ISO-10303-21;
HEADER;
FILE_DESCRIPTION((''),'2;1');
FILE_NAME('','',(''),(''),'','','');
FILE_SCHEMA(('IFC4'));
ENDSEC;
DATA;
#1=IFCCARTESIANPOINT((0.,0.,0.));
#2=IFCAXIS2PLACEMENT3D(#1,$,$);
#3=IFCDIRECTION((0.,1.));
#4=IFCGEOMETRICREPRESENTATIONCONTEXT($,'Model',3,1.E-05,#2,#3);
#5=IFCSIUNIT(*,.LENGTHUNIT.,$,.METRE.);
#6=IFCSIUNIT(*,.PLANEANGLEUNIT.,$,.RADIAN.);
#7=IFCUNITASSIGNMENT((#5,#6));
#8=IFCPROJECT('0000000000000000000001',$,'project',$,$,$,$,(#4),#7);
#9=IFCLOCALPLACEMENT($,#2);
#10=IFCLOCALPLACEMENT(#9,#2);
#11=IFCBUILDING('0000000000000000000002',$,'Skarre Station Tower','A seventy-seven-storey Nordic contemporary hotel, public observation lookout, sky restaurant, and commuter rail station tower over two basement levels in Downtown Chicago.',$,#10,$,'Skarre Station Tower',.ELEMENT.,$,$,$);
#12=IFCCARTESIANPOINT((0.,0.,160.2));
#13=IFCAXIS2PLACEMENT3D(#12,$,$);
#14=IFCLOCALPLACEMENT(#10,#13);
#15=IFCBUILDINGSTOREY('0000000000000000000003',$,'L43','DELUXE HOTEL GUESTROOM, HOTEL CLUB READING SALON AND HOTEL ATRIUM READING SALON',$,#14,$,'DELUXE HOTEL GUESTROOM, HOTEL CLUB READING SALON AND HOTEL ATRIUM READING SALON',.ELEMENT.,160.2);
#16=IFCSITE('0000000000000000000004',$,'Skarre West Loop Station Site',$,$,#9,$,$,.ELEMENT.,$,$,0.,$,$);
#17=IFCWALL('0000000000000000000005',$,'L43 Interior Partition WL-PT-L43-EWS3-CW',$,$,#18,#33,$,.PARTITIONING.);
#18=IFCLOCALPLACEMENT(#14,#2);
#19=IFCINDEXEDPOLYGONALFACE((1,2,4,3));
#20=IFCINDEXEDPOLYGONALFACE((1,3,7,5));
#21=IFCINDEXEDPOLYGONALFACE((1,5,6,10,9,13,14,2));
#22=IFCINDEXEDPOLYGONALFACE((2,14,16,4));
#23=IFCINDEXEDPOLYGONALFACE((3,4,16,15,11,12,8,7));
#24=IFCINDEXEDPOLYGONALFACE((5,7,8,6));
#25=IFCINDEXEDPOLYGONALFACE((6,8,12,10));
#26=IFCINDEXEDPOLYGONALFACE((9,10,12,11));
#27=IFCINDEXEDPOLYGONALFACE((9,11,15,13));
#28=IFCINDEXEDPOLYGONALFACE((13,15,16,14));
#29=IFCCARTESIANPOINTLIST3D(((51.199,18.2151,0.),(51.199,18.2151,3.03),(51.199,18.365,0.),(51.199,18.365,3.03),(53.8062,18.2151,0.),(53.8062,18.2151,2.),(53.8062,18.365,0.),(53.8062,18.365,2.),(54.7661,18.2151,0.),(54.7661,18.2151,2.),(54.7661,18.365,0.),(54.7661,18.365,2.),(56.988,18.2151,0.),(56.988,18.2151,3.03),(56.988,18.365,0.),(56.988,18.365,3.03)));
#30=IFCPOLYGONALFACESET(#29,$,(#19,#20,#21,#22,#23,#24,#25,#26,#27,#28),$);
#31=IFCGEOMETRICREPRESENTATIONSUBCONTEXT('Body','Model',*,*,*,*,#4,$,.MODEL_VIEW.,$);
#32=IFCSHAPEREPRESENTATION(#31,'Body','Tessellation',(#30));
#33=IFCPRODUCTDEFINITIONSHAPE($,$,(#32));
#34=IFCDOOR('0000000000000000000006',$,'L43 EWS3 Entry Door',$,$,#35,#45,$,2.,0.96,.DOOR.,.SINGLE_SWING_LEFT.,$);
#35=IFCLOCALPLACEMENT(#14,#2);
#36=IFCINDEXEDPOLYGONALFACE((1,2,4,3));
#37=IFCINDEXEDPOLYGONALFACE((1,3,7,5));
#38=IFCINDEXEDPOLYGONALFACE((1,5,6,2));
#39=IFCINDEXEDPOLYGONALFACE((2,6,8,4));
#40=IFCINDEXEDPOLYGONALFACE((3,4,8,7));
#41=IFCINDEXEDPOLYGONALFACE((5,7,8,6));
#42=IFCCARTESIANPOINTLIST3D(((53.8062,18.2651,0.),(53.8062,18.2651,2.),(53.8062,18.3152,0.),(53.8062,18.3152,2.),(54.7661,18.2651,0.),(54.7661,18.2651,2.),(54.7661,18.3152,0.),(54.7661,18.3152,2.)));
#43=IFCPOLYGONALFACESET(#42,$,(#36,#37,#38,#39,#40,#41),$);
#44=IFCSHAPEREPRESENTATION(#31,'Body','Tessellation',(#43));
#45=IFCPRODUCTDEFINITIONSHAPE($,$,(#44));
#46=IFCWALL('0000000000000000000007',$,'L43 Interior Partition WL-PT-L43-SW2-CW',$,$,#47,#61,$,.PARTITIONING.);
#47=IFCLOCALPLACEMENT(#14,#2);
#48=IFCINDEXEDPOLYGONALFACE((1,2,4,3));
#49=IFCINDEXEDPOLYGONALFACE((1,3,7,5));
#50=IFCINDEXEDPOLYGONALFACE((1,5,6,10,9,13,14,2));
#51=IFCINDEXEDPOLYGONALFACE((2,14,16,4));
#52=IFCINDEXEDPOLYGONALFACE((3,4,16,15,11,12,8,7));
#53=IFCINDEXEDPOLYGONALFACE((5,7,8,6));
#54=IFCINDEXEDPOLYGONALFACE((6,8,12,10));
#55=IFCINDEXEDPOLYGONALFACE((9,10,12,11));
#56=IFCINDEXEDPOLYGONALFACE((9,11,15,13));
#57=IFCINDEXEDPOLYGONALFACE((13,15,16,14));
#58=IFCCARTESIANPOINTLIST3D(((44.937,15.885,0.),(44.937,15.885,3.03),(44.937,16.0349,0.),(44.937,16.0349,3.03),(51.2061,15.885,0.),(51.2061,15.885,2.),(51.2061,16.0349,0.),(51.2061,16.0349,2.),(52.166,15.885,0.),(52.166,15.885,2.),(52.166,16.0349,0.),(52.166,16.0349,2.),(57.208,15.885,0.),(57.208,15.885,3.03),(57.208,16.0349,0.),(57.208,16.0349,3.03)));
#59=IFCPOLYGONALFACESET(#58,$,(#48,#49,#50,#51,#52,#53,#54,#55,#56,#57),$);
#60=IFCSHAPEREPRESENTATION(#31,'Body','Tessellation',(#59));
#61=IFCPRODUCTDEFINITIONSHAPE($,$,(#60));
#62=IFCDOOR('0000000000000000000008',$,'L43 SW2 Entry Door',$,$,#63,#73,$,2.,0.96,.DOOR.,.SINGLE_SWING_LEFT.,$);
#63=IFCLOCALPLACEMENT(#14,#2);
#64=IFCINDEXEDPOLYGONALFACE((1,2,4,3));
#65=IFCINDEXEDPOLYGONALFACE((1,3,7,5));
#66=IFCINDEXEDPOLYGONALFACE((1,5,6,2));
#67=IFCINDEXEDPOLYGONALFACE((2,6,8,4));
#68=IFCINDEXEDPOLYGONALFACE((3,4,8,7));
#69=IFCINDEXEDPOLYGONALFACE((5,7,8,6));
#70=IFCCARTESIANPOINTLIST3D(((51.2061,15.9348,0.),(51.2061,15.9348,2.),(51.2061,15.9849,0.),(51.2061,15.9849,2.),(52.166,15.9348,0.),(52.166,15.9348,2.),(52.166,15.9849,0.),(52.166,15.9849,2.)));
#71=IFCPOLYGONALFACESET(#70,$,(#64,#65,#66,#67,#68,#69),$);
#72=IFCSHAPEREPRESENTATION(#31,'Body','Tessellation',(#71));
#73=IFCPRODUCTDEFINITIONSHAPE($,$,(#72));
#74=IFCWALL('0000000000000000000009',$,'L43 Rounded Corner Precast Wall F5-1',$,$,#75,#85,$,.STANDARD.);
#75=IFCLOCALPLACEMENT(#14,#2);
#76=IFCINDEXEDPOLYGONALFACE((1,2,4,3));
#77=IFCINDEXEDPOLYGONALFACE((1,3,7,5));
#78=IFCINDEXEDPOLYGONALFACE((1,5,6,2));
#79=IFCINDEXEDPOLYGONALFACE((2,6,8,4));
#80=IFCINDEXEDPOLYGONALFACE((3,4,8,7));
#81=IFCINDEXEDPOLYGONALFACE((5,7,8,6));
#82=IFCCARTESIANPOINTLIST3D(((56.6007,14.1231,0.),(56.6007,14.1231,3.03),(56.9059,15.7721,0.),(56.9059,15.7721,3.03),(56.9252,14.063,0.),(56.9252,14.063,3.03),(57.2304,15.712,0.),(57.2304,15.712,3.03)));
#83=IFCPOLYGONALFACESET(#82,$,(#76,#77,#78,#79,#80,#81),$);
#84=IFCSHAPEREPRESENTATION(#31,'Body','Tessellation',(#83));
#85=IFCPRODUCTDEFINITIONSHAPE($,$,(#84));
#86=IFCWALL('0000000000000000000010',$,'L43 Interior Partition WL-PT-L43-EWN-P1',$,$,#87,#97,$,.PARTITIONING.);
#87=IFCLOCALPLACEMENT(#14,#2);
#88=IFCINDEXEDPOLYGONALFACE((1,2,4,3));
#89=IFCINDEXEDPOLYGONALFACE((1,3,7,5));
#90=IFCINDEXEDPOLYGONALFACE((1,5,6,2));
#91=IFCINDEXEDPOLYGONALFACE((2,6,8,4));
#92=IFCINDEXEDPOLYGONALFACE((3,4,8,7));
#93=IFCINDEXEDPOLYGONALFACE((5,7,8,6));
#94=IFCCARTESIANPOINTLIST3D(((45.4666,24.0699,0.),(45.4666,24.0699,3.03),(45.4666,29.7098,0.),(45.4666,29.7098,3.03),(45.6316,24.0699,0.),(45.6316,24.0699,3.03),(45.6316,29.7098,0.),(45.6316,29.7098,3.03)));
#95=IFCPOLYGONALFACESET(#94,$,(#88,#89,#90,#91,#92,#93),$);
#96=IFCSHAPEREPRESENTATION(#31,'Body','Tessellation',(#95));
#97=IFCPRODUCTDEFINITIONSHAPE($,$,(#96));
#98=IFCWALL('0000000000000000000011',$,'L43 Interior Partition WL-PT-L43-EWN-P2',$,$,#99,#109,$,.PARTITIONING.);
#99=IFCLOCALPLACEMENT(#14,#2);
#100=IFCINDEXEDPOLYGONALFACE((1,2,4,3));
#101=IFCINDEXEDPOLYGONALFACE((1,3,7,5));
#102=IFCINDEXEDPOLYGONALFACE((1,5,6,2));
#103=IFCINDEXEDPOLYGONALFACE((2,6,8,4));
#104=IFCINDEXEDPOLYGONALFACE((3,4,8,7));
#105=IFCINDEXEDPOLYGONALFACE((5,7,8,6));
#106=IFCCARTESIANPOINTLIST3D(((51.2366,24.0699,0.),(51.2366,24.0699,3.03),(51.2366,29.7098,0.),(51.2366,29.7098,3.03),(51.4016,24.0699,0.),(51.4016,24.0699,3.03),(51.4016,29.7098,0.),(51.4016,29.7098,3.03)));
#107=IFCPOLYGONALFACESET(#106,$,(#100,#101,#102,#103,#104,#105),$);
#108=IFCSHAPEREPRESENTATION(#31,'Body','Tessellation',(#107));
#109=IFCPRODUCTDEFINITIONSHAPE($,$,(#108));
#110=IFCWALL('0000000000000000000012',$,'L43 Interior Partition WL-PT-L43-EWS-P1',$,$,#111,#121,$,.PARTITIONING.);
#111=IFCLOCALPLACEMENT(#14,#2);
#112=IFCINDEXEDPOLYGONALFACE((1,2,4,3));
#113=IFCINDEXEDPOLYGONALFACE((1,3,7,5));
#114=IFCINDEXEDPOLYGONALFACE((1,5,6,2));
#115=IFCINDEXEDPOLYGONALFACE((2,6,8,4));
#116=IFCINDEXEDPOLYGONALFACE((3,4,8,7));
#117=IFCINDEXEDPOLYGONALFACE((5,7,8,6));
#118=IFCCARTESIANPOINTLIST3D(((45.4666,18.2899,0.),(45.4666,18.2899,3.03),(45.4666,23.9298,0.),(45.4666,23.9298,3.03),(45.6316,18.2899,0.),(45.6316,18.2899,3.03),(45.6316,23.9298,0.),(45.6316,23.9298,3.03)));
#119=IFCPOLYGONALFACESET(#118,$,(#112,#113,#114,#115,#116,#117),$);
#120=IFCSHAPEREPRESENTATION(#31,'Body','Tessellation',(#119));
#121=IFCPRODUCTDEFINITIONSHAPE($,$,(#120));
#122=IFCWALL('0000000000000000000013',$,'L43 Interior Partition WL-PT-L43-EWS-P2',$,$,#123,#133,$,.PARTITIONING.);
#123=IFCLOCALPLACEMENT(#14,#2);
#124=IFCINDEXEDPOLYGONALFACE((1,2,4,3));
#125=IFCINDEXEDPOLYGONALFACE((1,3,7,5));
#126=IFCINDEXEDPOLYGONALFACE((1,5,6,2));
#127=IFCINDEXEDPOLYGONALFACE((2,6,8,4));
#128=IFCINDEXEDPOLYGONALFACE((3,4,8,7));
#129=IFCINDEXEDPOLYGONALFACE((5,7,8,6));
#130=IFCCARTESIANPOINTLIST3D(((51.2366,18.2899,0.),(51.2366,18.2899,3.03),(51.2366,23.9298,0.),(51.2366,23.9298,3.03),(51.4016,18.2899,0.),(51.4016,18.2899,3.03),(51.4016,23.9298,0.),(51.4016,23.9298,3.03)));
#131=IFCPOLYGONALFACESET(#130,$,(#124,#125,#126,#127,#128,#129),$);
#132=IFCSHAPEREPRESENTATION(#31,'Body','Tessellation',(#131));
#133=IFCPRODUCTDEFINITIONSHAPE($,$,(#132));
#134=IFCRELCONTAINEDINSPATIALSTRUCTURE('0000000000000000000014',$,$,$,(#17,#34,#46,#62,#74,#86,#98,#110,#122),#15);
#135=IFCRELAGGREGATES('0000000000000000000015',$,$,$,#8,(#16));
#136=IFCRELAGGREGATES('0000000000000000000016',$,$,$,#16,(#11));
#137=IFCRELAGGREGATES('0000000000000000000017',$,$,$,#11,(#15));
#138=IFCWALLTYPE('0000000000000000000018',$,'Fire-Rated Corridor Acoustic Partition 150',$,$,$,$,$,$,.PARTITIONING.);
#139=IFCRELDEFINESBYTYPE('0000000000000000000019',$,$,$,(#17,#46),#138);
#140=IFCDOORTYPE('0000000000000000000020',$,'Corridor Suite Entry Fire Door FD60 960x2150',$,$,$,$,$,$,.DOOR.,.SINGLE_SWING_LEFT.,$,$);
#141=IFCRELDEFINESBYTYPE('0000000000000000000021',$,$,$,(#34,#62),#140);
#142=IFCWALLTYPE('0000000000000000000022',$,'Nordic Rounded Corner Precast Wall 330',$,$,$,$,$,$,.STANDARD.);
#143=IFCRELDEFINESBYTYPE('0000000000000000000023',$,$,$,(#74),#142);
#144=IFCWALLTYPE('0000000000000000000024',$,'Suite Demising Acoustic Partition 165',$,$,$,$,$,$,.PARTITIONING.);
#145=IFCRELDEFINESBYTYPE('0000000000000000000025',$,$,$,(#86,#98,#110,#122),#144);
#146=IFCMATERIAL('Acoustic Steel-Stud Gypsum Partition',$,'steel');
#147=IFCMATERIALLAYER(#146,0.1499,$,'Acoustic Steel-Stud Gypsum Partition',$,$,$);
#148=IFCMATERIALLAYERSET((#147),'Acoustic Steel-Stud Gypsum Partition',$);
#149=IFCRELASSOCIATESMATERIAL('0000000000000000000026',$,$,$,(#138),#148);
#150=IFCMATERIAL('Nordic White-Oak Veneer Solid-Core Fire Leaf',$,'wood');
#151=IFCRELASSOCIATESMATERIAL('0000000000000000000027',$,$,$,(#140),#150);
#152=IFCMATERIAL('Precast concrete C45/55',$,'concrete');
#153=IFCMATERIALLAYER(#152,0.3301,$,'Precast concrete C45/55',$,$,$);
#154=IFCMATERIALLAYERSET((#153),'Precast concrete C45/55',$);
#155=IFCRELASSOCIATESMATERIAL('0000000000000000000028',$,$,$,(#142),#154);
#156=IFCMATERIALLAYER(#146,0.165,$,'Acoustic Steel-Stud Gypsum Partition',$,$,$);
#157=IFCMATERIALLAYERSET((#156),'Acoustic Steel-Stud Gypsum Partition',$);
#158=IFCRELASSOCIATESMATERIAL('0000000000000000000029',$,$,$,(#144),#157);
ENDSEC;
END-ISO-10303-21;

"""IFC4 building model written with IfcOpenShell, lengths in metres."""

from ifc_helpers import new_model, si_unit, direction, frame, frame_2d, origin, place, context, subcontext, project, spatial, rectangle, extrude, material, layer, layer_set, type_object, element, fill, save


model = new_model("IFC4")

# Units and contexts
model_context = context("Model", 3, precision=1e-05, world=origin(), true_north=direction((0.0, 1.0)))
body_context = subcontext(model_context, "Body", "Model", "MODEL_VIEW")
ifc_project = project(units=[si_unit("LENGTHUNIT", "METRE"), si_unit("PLANEANGLEUNIT", "RADIAN")], contexts=[model_context])

# Site, building, storey
site_placement = place(None, origin())
site = spatial("IfcSite", under=ifc_project, at=site_placement, Name="Skarre West Loop Station Site", CompositionType="ELEMENT", RefElevation=0.0)
building_placement = place(site_placement, origin())
building = spatial("IfcBuilding", under=site, at=building_placement, Name="Skarre Station Tower", Description="A seventy-seven-storey Nordic contemporary hotel, public observation lookout, sky restaurant, and commuter rail station tower over two basement levels in Downtown Chicago.", LongName="Skarre Station Tower", CompositionType="ELEMENT")
storey_placement = place(building_placement, frame((0.0, 0.0, 160.2)))
storey = spatial("IfcBuildingStorey", under=building, at=storey_placement, Name="L43", Description="DELUXE HOTEL GUESTROOM, HOTEL CLUB READING SALON AND HOTEL ATRIUM READING SALON", LongName="DELUXE HOTEL GUESTROOM, HOTEL CLUB READING SALON AND HOTEL ATRIUM READING SALON", CompositionType="ELEMENT", Elevation=160.2)

# Walls, openings, doors
ifc_material_1 = material(Name="Acoustic Steel-Stud Gypsum Partition", Category="steel")
ifc_layer_1 = layer(ifc_material_1, 0.1499, Name="Acoustic Steel-Stud Gypsum Partition")
ifc_layer_set_1 = layer_set([ifc_layer_1], Name="Acoustic Steel-Stud Gypsum Partition")
wall_type_1 = type_object("IfcWallType", Name="Fire-Rated Corridor Acoustic Partition 150", PredefinedType="PARTITIONING", material=ifc_layer_set_1)
ifc_material_2 = material(Name="Nordic White-Oak Veneer Solid-Core Fire Leaf", Category="wood")
door_type = type_object("IfcDoorType", Name="Corridor Suite Entry Fire Door FD60 960x2150", OperationType="SINGLE_SWING_LEFT", PredefinedType="DOOR", material=ifc_material_2)
wall_1_placement = place(storey_placement, frame((56.988, 18.29, 0.0), z_axis=(0.0, 0.0, 1.0), x_axis=(-1.0, 0.0, 0.0)))
wall_1 = element("IfcWall", 1, at=wall_1_placement, inside=storey, type_object=wall_type_1, Name="L43 Interior Partition WL-PT-L43-EWS3-CW", PredefinedType="PARTITIONING", context=body_context, shape_type="SweptSolid", body=[
    extrude(rectangle(XDim=5.7891, YDim=0.1499, at=frame_2d((2.8945, 0.0))), origin(), (0.0, 0.0, 1.0), 3.03),
])
opening_1_placement = place(wall_1_placement, frame((2.2219, 0.0, 0.0)))
opening_1 = element("IfcOpeningElement", 2, at=opening_1_placement, cuts=wall_1, PredefinedType="OPENING", context=body_context, shape_type="SweptSolid", body=[
    extrude(rectangle(XDim=0.96, YDim=2.0, at=frame_2d((0.48, 1.0))), frame((0.0, 0.085, 0.0), z_axis=(0.0, -1.0, 0.0), x_axis=(1.0, 0.0, 0.0)), (0.0, 0.0, 1.0), 0.1699),
])
door_1_placement = place(opening_1_placement, origin())
door_1 = element("IfcDoor", 3, at=door_1_placement, inside=storey, type_object=door_type, Name="L43 EWS3 Entry Door", OperationType="SINGLE_SWING_LEFT", OverallHeight=2.0, OverallWidth=0.96, PredefinedType="DOOR", context=body_context, shape_type="SweptSolid", body=[
    extrude(rectangle(XDim=0.96, YDim=2.0, at=frame_2d((0.48, 1.0))), frame((0.0, 0.0249, 0.0), z_axis=(0.0, -1.0, 0.0), x_axis=(1.0, 0.0, 0.0)), (0.0, 0.0, 1.0), 0.05),
])
fill(opening_1, door_1)
wall_2_placement = place(storey_placement, frame((44.937, 15.96, 0.0), z_axis=(0.0, 0.0, 1.0), x_axis=(1.0, 0.0, 0.0)))
wall_2 = element("IfcWall", 4, at=wall_2_placement, inside=storey, type_object=wall_type_1, Name="L43 Interior Partition WL-PT-L43-SW2-CW", PredefinedType="PARTITIONING", context=body_context, shape_type="SweptSolid", body=[
    extrude(rectangle(XDim=12.271, YDim=0.1499, at=frame_2d((6.1355, 0.0))), origin(), (0.0, 0.0, 1.0), 3.03),
])
opening_2_placement = place(wall_2_placement, frame((6.269, 0.0, 0.0)))
opening_2 = element("IfcOpeningElement", 5, at=opening_2_placement, cuts=wall_2, PredefinedType="OPENING", context=body_context, shape_type="SweptSolid", body=[
    extrude(rectangle(XDim=0.96, YDim=2.0, at=frame_2d((0.48, 1.0))), frame((0.0, 0.085, 0.0), z_axis=(0.0, -1.0, 0.0), x_axis=(1.0, 0.0, 0.0)), (0.0, 0.0, 1.0), 0.1699),
])
door_2_placement = place(opening_2_placement, origin())
door_2 = element("IfcDoor", 6, at=door_2_placement, inside=storey, type_object=door_type, Name="L43 SW2 Entry Door", OperationType="SINGLE_SWING_LEFT", OverallHeight=2.0, OverallWidth=0.96, PredefinedType="DOOR", context=body_context, shape_type="SweptSolid", body=[
    extrude(rectangle(XDim=0.96, YDim=2.0, at=frame_2d((0.48, 1.0))), frame((0.0, 0.0249, 0.0), z_axis=(0.0, -1.0, 0.0), x_axis=(1.0, 0.0, 0.0)), (0.0, 0.0, 1.0), 0.05),
])
fill(opening_2, door_2)

# Walls
ifc_material_3 = material(Name="Precast concrete C45/55", Category="concrete")
ifc_layer_2 = layer(ifc_material_3, 0.3301, Name="Precast concrete C45/55")
ifc_layer_set_2 = layer_set([ifc_layer_2], Name="Precast concrete C45/55")
wall_type_2 = type_object("IfcWallType", Name="Nordic Rounded Corner Precast Wall 330", PredefinedType="STANDARD", material=ifc_layer_set_2)
wall_3_placement = place(storey_placement, frame((57.0681, 15.7419, 0.0), z_axis=(0.0, 0.0, 1.0), x_axis=(-0.181985, -0.983301, 0.0)))
element("IfcWall", 7, at=wall_3_placement, inside=storey, type_object=wall_type_2, Name="L43 Rounded Corner Precast Wall F5-1", PredefinedType="STANDARD", context=body_context, shape_type="SweptSolid", body=[
    extrude(rectangle(XDim=1.677, YDim=0.3301, at=frame_2d((0.8384, 0.0))), origin(), (0.0, 0.0, 1.0), 3.03),
])
ifc_layer_3 = layer(ifc_material_1, 0.165, Name="Acoustic Steel-Stud Gypsum Partition")
ifc_layer_set_3 = layer_set([ifc_layer_3], Name="Acoustic Steel-Stud Gypsum Partition")
wall_type_3 = type_object("IfcWallType", Name="Suite Demising Acoustic Partition 165", PredefinedType="PARTITIONING", material=ifc_layer_set_3)
for number, where, z_axis, x_axis, name in (
    (8, (45.5491, 24.0701, 0.0), (0.0, 0.0, 1.0), (0.0, 1.0, 0.0), "L43 Interior Partition WL-PT-L43-EWN-P1"),
    (9, (51.3191, 24.0701, 0.0), (0.0, 0.0, 1.0), (0.0, 1.0, 0.0), "L43 Interior Partition WL-PT-L43-EWN-P2"),
    (10, (45.5491, 18.29, 0.0), (0.0, 0.0, 1.0), (0.0, 1.0, 0.0), "L43 Interior Partition WL-PT-L43-EWS-P1"),
    (11, (51.3191, 18.29, 0.0), (0.0, 0.0, 1.0), (0.0, 1.0, 0.0), "L43 Interior Partition WL-PT-L43-EWS-P2"),
):
    element("IfcWall", number, at=place(storey_placement, frame(where, z_axis=z_axis, x_axis=x_axis)), inside=storey, type_object=wall_type_3, Name=name, PredefinedType="PARTITIONING", context=body_context, shape_type="SweptSolid", body=[
        extrude(rectangle(XDim=5.6399, YDim=0.165, at=frame_2d((2.8198, 0.0))), origin(), (0.0, 0.0, 1.0), 3.03),
    ])

save(model, "model.ifc")
